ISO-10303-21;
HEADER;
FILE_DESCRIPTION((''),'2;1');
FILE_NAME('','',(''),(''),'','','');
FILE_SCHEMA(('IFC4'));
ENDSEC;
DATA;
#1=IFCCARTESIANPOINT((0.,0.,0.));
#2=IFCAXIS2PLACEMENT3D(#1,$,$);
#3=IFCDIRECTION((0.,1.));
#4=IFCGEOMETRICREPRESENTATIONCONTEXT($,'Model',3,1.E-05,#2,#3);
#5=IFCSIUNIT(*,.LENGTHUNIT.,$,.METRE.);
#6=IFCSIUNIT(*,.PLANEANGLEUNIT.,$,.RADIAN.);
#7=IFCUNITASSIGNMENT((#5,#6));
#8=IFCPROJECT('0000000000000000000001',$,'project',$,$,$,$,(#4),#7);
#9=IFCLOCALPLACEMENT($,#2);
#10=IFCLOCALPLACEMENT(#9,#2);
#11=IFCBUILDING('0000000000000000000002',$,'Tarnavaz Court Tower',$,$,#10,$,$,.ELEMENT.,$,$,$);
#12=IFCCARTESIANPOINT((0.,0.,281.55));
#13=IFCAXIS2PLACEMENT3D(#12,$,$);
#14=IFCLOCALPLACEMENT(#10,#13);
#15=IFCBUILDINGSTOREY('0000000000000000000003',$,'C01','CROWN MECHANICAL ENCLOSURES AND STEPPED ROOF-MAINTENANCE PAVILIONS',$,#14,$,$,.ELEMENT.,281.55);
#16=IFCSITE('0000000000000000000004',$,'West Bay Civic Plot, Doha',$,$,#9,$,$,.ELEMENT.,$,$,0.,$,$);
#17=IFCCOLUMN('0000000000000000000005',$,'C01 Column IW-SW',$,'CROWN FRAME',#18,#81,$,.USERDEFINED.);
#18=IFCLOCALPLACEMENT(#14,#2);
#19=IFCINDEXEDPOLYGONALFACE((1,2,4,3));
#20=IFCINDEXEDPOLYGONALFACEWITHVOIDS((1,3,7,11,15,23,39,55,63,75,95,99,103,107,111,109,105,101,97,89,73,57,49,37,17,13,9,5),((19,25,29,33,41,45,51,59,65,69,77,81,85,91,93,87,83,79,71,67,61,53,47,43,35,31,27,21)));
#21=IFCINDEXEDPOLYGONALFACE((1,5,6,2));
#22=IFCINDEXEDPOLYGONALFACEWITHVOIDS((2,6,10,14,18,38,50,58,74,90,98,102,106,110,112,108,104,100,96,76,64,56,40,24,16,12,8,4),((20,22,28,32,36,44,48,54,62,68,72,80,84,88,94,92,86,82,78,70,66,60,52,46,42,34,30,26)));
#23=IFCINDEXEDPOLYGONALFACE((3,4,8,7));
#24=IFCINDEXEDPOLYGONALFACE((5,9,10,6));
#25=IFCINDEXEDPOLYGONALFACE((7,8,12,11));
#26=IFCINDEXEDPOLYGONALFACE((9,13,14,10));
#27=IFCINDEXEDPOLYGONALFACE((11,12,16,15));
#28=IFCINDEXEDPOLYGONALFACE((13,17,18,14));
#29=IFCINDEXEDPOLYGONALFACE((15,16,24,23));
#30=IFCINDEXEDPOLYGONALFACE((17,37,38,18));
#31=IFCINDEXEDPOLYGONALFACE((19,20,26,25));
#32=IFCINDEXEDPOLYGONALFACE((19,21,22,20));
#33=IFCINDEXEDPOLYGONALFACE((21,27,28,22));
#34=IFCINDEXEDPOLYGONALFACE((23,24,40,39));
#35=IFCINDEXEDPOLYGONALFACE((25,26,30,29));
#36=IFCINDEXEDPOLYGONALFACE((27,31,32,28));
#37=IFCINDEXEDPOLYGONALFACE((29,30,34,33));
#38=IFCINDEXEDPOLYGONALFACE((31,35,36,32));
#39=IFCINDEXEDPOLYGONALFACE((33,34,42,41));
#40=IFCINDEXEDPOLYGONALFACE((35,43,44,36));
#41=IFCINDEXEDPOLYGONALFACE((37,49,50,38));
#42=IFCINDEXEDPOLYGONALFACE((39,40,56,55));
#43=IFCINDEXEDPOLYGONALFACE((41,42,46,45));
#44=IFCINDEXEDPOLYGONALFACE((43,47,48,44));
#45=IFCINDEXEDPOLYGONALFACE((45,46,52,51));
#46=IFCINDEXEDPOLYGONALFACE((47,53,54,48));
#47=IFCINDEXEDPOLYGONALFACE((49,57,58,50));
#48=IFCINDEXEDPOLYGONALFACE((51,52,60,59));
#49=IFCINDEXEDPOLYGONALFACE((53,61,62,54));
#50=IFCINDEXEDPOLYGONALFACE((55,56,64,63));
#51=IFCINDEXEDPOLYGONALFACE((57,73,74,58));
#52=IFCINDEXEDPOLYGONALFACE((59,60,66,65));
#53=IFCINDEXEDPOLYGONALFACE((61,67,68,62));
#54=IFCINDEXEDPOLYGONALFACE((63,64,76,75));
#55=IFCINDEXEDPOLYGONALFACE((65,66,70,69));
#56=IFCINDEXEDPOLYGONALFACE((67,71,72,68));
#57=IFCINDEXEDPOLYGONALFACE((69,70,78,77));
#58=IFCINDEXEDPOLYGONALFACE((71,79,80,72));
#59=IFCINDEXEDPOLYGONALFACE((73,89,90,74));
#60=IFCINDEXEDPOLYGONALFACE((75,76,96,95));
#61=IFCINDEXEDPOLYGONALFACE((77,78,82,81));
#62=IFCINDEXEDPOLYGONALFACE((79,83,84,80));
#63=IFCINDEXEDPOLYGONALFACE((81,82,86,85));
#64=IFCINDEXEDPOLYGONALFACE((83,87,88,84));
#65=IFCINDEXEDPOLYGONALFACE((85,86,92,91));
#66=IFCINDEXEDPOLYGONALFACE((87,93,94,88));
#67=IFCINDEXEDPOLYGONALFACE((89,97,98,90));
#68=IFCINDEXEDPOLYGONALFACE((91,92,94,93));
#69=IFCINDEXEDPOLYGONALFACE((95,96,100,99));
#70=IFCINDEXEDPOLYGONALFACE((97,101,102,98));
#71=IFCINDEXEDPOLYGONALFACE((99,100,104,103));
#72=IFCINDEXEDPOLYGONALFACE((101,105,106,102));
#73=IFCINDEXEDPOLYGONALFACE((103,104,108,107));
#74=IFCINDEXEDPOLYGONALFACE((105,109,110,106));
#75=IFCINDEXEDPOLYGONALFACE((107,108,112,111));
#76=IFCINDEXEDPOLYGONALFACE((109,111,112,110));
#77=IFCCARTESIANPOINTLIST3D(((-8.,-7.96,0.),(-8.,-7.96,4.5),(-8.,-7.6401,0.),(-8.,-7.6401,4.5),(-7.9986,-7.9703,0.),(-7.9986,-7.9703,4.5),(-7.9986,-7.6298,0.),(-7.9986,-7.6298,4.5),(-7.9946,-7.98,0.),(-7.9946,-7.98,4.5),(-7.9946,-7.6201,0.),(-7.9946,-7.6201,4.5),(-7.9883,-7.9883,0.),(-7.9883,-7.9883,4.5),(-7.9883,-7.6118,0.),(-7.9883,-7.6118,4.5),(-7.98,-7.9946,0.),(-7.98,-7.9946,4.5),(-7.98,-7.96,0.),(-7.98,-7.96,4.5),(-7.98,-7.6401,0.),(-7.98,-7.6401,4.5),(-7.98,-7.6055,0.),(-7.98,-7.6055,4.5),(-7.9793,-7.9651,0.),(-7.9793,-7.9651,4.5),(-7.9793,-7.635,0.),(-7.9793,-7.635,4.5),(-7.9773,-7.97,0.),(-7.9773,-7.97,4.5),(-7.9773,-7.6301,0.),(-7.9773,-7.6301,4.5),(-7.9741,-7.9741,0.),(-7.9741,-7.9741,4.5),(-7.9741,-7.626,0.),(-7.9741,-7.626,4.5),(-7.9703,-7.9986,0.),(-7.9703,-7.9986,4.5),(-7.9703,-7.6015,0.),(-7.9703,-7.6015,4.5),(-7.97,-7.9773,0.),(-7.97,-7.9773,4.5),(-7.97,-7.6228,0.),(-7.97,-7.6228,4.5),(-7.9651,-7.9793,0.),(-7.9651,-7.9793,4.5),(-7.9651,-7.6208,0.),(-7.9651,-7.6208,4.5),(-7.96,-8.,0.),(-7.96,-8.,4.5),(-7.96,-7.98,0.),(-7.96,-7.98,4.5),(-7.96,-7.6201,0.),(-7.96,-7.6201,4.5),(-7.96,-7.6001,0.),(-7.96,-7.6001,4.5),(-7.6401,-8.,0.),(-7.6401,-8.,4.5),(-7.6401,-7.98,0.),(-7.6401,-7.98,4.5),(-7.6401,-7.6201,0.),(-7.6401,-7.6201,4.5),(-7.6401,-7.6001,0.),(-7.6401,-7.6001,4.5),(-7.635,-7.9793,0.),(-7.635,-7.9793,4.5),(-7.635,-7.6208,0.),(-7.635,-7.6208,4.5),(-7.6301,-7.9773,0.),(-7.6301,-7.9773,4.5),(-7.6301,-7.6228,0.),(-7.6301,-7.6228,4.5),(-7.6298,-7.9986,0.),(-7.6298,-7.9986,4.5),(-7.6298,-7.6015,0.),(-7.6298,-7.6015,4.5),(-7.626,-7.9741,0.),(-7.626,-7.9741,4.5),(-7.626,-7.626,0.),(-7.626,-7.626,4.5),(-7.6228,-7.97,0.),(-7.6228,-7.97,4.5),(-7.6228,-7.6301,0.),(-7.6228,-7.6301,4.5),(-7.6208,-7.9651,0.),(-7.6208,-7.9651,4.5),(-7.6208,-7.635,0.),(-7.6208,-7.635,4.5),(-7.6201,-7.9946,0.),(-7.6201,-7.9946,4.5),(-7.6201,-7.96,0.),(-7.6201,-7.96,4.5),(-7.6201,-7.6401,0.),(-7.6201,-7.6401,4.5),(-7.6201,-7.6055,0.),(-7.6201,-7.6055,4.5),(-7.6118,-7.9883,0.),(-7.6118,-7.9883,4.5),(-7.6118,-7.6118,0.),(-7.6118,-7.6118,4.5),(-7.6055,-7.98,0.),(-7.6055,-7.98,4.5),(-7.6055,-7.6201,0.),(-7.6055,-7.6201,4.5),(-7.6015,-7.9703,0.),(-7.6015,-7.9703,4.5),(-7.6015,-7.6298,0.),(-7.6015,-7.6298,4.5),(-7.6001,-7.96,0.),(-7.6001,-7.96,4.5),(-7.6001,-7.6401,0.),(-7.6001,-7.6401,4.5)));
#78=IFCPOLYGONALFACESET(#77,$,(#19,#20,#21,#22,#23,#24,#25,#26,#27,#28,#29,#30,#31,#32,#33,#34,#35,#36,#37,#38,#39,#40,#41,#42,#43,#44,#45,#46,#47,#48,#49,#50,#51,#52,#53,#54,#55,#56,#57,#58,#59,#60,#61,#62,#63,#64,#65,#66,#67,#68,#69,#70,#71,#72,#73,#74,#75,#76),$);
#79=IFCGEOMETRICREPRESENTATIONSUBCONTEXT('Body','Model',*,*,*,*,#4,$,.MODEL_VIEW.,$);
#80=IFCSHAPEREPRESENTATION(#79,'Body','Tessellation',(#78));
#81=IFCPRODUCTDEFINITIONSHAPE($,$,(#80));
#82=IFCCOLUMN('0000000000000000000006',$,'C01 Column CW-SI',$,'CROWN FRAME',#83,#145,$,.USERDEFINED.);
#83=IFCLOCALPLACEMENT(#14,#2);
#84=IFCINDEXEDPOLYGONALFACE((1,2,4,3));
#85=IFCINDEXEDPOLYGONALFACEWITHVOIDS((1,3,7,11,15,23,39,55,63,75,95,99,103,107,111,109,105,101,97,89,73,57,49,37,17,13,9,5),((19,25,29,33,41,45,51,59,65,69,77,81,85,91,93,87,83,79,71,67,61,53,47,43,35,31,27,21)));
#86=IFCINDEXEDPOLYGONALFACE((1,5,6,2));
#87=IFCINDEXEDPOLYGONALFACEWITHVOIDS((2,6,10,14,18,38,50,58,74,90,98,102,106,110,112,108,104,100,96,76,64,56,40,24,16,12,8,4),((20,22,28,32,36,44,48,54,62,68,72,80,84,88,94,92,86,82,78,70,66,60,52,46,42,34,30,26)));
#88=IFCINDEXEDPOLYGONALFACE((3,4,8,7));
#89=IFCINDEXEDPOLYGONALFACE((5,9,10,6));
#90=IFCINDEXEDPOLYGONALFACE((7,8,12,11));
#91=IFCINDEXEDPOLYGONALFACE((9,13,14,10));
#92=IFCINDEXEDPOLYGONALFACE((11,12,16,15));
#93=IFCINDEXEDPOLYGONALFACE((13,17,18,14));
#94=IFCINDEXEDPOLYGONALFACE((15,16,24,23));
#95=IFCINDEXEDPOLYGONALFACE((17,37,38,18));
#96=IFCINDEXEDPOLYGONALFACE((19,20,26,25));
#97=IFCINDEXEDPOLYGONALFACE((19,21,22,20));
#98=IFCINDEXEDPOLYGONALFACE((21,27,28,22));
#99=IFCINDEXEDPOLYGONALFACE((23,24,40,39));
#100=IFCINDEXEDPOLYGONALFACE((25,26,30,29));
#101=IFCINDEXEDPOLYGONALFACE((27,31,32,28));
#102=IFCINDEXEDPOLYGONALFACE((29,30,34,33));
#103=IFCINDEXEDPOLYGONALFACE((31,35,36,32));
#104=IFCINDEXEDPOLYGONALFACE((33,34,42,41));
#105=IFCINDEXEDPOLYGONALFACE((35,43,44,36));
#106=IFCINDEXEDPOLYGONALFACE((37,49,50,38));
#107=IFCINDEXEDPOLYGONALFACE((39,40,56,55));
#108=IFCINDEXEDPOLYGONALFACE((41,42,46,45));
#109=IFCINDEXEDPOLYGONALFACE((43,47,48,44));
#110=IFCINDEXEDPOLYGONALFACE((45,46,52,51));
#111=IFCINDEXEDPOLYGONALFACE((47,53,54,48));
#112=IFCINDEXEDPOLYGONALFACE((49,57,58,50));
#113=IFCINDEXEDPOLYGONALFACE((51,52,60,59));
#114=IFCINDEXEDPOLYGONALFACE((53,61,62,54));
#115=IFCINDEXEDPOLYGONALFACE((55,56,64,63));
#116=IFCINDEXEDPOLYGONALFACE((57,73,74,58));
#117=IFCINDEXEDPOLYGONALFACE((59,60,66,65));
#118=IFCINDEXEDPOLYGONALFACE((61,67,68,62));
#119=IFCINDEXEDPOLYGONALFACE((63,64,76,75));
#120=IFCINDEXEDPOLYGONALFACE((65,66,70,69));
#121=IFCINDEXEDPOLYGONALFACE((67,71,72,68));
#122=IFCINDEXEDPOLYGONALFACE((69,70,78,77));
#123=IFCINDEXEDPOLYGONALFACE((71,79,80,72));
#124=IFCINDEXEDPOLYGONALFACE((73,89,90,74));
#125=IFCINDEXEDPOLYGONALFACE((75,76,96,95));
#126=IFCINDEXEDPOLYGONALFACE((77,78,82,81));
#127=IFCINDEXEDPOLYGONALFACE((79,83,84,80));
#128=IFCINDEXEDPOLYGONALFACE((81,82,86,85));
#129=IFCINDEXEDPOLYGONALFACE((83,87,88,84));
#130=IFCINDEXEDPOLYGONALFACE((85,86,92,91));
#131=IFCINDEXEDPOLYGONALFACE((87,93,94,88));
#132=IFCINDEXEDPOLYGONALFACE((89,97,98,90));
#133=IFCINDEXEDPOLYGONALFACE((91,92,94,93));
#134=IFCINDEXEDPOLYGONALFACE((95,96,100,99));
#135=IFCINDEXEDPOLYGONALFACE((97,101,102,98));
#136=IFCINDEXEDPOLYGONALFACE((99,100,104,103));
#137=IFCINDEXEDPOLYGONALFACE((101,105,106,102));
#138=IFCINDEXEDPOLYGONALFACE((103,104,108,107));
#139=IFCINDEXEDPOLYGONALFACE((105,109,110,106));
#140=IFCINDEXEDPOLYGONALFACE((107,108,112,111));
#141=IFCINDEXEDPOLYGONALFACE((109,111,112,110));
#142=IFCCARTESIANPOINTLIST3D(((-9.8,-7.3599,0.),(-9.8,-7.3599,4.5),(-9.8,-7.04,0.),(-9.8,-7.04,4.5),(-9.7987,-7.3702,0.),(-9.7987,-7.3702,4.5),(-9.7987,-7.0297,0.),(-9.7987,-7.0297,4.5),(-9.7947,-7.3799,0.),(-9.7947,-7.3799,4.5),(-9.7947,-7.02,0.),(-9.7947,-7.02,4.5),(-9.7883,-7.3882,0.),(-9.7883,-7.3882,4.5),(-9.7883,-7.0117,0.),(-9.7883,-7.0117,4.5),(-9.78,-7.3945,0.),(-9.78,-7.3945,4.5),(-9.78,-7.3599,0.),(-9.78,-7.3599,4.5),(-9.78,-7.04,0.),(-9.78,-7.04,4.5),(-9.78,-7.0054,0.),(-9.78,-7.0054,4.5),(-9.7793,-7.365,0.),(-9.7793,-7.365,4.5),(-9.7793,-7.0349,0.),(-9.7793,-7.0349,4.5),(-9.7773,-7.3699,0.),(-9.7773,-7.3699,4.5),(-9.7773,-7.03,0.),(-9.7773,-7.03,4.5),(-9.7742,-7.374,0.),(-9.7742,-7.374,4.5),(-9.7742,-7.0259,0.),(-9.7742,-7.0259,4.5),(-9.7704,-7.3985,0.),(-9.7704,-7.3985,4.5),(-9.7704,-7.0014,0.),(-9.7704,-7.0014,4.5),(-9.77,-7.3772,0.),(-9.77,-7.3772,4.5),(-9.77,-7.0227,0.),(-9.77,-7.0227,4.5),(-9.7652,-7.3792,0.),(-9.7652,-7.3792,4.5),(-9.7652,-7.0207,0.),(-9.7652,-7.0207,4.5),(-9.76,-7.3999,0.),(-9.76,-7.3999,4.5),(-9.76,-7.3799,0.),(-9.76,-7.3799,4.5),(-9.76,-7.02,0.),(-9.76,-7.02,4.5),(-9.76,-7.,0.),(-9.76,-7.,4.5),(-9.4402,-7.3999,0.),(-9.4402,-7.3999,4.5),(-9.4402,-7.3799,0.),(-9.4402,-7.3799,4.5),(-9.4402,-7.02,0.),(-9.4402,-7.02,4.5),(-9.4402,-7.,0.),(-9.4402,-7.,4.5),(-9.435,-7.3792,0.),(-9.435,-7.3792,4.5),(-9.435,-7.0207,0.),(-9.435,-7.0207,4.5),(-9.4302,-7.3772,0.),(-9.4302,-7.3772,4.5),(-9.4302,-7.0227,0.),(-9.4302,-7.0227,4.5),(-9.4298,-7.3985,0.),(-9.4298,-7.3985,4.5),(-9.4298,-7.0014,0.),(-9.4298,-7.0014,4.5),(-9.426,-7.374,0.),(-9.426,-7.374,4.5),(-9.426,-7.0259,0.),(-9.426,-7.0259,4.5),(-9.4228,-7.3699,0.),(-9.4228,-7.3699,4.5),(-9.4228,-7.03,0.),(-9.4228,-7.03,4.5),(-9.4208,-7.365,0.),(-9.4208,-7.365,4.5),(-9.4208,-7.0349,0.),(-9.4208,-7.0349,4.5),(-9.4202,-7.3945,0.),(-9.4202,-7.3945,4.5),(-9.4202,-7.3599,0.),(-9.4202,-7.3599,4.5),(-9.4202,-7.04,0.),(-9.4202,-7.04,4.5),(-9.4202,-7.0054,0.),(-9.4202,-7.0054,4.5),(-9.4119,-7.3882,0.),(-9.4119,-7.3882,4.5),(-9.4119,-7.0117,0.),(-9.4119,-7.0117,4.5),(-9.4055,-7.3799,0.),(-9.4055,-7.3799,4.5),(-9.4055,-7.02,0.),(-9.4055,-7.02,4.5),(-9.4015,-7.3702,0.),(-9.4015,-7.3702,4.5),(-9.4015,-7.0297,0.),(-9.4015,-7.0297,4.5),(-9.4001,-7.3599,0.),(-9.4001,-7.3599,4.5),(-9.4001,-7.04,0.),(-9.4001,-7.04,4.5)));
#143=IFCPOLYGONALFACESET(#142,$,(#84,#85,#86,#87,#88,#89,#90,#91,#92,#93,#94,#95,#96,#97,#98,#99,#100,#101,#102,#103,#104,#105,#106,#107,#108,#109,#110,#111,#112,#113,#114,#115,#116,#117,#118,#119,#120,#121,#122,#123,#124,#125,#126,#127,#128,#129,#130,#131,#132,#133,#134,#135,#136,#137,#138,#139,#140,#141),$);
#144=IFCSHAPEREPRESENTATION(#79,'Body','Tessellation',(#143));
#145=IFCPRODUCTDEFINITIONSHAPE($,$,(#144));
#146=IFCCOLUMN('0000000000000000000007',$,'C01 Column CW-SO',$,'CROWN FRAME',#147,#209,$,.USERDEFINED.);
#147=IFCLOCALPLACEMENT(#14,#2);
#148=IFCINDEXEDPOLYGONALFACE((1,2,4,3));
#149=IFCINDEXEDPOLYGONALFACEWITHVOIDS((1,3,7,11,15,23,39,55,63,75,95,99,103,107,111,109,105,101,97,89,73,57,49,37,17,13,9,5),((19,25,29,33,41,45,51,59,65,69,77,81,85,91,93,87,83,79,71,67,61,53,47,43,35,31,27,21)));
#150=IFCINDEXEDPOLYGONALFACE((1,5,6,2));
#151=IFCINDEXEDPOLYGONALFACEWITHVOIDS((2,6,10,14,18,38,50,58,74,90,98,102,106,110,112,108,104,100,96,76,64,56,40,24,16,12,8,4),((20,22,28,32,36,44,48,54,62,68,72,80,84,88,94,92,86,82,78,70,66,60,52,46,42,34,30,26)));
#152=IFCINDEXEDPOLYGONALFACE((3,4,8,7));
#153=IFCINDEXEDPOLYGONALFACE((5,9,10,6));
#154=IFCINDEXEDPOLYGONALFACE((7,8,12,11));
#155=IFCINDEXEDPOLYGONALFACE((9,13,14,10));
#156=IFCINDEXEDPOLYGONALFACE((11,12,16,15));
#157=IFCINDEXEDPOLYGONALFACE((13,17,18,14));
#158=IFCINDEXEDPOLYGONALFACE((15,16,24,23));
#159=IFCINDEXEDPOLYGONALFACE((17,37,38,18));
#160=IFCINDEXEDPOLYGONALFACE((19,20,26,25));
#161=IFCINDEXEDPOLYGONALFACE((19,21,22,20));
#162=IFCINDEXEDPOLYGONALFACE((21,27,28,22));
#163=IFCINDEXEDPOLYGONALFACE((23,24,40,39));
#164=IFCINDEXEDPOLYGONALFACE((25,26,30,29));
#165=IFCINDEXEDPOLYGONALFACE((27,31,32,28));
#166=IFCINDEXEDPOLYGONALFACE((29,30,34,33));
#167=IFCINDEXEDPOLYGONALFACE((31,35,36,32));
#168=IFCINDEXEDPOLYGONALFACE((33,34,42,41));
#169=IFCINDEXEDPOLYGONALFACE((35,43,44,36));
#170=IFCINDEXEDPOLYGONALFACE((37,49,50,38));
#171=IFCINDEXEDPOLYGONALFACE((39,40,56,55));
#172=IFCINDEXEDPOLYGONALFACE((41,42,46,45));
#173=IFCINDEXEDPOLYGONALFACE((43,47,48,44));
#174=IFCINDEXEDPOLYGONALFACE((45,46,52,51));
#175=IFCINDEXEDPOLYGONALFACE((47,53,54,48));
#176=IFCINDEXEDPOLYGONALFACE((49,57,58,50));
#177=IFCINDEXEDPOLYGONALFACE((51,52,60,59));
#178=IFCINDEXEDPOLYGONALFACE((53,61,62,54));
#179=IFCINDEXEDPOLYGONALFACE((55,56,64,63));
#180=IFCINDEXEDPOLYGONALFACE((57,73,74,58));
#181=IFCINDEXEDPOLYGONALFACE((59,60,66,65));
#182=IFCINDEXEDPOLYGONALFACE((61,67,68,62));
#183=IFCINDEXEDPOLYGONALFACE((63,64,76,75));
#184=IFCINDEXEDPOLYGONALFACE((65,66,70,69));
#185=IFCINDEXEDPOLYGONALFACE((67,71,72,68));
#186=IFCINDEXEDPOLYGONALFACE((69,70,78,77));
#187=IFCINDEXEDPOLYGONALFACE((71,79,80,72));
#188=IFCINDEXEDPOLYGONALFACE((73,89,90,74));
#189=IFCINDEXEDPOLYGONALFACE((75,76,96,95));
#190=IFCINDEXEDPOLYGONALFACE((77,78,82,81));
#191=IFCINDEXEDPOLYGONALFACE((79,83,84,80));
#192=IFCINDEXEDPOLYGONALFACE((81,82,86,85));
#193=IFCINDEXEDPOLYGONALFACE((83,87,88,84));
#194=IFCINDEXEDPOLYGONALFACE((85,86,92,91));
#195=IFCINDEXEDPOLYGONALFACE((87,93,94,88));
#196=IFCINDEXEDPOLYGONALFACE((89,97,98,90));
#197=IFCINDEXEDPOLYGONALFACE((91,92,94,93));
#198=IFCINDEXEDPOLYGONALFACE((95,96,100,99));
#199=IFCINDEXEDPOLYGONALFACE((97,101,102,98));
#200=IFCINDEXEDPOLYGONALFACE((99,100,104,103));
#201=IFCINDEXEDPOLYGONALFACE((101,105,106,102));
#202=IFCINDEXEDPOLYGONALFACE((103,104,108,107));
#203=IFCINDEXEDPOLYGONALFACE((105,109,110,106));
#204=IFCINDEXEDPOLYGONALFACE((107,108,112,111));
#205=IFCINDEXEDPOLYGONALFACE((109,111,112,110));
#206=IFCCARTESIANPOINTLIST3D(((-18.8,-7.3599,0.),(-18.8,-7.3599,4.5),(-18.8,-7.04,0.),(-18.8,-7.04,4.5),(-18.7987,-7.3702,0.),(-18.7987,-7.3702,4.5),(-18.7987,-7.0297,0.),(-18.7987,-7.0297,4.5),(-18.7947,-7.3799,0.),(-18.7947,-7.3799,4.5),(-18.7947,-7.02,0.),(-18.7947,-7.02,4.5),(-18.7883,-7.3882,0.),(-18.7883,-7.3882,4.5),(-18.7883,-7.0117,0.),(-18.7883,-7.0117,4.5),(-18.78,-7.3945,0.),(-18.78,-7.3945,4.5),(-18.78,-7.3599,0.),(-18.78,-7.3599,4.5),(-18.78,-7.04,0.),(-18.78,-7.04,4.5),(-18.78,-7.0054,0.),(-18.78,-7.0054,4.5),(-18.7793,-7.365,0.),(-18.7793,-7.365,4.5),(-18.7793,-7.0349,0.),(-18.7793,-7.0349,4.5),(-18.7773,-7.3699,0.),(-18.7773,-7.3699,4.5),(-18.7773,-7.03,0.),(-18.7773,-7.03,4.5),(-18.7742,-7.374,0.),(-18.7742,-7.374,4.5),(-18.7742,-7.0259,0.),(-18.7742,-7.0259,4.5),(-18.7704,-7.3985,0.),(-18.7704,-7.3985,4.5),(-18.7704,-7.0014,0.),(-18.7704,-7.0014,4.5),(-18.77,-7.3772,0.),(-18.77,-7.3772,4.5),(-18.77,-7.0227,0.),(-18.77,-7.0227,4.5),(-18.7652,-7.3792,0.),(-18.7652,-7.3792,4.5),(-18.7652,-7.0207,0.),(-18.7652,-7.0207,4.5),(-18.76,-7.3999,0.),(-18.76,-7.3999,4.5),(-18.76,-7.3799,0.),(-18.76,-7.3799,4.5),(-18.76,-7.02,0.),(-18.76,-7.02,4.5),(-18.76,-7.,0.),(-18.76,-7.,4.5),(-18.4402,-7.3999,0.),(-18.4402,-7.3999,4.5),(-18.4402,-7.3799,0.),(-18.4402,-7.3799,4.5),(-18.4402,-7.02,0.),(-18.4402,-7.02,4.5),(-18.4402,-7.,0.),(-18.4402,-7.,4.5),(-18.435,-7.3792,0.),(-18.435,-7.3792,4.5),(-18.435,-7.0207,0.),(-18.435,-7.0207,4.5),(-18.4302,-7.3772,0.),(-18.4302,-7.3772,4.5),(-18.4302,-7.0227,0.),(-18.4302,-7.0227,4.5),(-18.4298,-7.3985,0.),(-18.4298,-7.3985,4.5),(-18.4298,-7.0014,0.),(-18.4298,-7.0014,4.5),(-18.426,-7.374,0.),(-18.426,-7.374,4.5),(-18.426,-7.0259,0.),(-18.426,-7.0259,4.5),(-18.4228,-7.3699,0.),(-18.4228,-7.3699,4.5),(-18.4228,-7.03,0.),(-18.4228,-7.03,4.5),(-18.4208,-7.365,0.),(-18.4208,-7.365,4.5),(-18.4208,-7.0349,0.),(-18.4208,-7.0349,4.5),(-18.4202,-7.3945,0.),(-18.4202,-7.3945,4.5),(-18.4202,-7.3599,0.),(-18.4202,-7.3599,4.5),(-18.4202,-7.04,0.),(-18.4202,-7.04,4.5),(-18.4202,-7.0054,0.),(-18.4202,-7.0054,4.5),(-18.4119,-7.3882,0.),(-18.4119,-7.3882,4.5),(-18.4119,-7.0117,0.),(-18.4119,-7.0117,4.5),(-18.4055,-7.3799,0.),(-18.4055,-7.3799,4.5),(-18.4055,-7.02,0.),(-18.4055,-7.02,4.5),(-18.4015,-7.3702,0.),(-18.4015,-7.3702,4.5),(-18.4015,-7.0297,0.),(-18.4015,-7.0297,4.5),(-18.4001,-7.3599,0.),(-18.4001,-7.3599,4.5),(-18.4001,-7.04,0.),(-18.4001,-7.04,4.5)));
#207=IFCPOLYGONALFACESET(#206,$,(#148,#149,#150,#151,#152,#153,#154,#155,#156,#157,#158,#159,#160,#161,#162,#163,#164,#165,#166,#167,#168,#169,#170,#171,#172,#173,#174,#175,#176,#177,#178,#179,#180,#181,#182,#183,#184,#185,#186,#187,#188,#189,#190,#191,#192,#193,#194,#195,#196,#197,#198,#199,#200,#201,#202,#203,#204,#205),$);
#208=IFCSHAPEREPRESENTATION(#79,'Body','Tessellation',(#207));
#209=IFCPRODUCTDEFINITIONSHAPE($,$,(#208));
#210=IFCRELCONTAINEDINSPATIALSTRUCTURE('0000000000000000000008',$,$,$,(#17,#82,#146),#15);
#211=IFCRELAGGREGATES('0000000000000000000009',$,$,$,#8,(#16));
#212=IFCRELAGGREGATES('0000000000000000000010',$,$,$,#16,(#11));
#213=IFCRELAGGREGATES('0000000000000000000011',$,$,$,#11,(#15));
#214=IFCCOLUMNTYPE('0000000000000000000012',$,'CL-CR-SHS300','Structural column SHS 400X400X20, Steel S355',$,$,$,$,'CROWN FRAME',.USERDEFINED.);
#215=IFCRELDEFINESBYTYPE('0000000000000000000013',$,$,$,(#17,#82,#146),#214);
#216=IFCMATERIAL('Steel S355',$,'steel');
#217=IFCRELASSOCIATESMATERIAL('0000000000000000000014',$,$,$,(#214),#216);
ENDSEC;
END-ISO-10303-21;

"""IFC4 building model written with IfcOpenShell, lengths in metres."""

from ifc_helpers import new_model, si_unit, direction, frame, origin, origin_2d, place, context, subcontext, project, spatial, hollow_rectangle, extrude, material, material_profile, profile_set, type_object, element, save


model = new_model("IFC4")

# Units and contexts
model_context = context("Model", 3, precision=1e-05, world=origin(), true_north=direction((0.0, 1.0)))
body_context = subcontext(model_context, "Body", "Model", "MODEL_VIEW")
ifc_project = project(units=[si_unit("LENGTHUNIT", "METRE"), si_unit("PLANEANGLEUNIT", "RADIAN")], contexts=[model_context])

# Site, building, storey
site_placement = place(None, origin())
site = spatial("IfcSite", under=ifc_project, at=site_placement, Name="West Bay Civic Plot, Doha", CompositionType="ELEMENT", RefElevation=0.0)
building_placement = place(site_placement, origin())
building = spatial("IfcBuilding", under=site, at=building_placement, Name="Tarnavaz Court Tower", CompositionType="ELEMENT")
storey_placement = place(building_placement, frame((0.0, 0.0, 281.55)))
storey = spatial("IfcBuildingStorey", under=building, at=storey_placement, Name="C01", Description="CROWN MECHANICAL ENCLOSURES AND STEPPED ROOF-MAINTENANCE PAVILIONS", CompositionType="ELEMENT", Elevation=281.55)

# Columns
ifc_material_1 = material(Name="Steel S355", Category="steel")
ifc_material_profile_1 = material_profile(ifc_material_1, hollow_rectangle(XDim=0.3999, YDim=0.3999, WallThickness=0.02, InnerFilletRadius=0.02, OuterFilletRadius=0.04, at=origin_2d()), Name="SHS 400X400X20")
ifc_profile_set_1 = profile_set([ifc_material_profile_1], Name="Steel S355")
column_type = type_object("IfcColumnType", Name="CL-CR-SHS300", Description="Structural column SHS 400X400X20, Steel S355", ElementType="CROWN FRAME", PredefinedType="USERDEFINED", material=ifc_profile_set_1)
for number, where, z_axis, x_axis, name in (
    (1, (-7.8, -7.8, 0.0), (0.0, 0.0, 1.0), (1.0, 0.0, 0.0), "C01 Column IW-SW"),
    (2, (-9.6001, -7.2, 0.0), (0.0, 0.0, 1.0), (1.0, 0.0, 0.0), "C01 Column CW-SI"),
    (3, (-18.6001, -7.2, 0.0), (0.0, 0.0, 1.0), (1.0, 0.0, 0.0), "C01 Column CW-SO"),
):
    element("IfcColumn", number, at=place(storey_placement, frame(where, z_axis=z_axis, x_axis=x_axis)), inside=storey, type_object=column_type, Name=name, ObjectType="CROWN FRAME", PredefinedType="USERDEFINED", context=body_context, shape_type="SweptSolid", body=[
        extrude(hollow_rectangle(XDim=0.3999, YDim=0.3999, WallThickness=0.02, InnerFilletRadius=0.02, OuterFilletRadius=0.04, at=origin_2d()), origin(), (0.0, 0.0, 1.0), 4.5),
    ])

save(model, "model.ifc")
